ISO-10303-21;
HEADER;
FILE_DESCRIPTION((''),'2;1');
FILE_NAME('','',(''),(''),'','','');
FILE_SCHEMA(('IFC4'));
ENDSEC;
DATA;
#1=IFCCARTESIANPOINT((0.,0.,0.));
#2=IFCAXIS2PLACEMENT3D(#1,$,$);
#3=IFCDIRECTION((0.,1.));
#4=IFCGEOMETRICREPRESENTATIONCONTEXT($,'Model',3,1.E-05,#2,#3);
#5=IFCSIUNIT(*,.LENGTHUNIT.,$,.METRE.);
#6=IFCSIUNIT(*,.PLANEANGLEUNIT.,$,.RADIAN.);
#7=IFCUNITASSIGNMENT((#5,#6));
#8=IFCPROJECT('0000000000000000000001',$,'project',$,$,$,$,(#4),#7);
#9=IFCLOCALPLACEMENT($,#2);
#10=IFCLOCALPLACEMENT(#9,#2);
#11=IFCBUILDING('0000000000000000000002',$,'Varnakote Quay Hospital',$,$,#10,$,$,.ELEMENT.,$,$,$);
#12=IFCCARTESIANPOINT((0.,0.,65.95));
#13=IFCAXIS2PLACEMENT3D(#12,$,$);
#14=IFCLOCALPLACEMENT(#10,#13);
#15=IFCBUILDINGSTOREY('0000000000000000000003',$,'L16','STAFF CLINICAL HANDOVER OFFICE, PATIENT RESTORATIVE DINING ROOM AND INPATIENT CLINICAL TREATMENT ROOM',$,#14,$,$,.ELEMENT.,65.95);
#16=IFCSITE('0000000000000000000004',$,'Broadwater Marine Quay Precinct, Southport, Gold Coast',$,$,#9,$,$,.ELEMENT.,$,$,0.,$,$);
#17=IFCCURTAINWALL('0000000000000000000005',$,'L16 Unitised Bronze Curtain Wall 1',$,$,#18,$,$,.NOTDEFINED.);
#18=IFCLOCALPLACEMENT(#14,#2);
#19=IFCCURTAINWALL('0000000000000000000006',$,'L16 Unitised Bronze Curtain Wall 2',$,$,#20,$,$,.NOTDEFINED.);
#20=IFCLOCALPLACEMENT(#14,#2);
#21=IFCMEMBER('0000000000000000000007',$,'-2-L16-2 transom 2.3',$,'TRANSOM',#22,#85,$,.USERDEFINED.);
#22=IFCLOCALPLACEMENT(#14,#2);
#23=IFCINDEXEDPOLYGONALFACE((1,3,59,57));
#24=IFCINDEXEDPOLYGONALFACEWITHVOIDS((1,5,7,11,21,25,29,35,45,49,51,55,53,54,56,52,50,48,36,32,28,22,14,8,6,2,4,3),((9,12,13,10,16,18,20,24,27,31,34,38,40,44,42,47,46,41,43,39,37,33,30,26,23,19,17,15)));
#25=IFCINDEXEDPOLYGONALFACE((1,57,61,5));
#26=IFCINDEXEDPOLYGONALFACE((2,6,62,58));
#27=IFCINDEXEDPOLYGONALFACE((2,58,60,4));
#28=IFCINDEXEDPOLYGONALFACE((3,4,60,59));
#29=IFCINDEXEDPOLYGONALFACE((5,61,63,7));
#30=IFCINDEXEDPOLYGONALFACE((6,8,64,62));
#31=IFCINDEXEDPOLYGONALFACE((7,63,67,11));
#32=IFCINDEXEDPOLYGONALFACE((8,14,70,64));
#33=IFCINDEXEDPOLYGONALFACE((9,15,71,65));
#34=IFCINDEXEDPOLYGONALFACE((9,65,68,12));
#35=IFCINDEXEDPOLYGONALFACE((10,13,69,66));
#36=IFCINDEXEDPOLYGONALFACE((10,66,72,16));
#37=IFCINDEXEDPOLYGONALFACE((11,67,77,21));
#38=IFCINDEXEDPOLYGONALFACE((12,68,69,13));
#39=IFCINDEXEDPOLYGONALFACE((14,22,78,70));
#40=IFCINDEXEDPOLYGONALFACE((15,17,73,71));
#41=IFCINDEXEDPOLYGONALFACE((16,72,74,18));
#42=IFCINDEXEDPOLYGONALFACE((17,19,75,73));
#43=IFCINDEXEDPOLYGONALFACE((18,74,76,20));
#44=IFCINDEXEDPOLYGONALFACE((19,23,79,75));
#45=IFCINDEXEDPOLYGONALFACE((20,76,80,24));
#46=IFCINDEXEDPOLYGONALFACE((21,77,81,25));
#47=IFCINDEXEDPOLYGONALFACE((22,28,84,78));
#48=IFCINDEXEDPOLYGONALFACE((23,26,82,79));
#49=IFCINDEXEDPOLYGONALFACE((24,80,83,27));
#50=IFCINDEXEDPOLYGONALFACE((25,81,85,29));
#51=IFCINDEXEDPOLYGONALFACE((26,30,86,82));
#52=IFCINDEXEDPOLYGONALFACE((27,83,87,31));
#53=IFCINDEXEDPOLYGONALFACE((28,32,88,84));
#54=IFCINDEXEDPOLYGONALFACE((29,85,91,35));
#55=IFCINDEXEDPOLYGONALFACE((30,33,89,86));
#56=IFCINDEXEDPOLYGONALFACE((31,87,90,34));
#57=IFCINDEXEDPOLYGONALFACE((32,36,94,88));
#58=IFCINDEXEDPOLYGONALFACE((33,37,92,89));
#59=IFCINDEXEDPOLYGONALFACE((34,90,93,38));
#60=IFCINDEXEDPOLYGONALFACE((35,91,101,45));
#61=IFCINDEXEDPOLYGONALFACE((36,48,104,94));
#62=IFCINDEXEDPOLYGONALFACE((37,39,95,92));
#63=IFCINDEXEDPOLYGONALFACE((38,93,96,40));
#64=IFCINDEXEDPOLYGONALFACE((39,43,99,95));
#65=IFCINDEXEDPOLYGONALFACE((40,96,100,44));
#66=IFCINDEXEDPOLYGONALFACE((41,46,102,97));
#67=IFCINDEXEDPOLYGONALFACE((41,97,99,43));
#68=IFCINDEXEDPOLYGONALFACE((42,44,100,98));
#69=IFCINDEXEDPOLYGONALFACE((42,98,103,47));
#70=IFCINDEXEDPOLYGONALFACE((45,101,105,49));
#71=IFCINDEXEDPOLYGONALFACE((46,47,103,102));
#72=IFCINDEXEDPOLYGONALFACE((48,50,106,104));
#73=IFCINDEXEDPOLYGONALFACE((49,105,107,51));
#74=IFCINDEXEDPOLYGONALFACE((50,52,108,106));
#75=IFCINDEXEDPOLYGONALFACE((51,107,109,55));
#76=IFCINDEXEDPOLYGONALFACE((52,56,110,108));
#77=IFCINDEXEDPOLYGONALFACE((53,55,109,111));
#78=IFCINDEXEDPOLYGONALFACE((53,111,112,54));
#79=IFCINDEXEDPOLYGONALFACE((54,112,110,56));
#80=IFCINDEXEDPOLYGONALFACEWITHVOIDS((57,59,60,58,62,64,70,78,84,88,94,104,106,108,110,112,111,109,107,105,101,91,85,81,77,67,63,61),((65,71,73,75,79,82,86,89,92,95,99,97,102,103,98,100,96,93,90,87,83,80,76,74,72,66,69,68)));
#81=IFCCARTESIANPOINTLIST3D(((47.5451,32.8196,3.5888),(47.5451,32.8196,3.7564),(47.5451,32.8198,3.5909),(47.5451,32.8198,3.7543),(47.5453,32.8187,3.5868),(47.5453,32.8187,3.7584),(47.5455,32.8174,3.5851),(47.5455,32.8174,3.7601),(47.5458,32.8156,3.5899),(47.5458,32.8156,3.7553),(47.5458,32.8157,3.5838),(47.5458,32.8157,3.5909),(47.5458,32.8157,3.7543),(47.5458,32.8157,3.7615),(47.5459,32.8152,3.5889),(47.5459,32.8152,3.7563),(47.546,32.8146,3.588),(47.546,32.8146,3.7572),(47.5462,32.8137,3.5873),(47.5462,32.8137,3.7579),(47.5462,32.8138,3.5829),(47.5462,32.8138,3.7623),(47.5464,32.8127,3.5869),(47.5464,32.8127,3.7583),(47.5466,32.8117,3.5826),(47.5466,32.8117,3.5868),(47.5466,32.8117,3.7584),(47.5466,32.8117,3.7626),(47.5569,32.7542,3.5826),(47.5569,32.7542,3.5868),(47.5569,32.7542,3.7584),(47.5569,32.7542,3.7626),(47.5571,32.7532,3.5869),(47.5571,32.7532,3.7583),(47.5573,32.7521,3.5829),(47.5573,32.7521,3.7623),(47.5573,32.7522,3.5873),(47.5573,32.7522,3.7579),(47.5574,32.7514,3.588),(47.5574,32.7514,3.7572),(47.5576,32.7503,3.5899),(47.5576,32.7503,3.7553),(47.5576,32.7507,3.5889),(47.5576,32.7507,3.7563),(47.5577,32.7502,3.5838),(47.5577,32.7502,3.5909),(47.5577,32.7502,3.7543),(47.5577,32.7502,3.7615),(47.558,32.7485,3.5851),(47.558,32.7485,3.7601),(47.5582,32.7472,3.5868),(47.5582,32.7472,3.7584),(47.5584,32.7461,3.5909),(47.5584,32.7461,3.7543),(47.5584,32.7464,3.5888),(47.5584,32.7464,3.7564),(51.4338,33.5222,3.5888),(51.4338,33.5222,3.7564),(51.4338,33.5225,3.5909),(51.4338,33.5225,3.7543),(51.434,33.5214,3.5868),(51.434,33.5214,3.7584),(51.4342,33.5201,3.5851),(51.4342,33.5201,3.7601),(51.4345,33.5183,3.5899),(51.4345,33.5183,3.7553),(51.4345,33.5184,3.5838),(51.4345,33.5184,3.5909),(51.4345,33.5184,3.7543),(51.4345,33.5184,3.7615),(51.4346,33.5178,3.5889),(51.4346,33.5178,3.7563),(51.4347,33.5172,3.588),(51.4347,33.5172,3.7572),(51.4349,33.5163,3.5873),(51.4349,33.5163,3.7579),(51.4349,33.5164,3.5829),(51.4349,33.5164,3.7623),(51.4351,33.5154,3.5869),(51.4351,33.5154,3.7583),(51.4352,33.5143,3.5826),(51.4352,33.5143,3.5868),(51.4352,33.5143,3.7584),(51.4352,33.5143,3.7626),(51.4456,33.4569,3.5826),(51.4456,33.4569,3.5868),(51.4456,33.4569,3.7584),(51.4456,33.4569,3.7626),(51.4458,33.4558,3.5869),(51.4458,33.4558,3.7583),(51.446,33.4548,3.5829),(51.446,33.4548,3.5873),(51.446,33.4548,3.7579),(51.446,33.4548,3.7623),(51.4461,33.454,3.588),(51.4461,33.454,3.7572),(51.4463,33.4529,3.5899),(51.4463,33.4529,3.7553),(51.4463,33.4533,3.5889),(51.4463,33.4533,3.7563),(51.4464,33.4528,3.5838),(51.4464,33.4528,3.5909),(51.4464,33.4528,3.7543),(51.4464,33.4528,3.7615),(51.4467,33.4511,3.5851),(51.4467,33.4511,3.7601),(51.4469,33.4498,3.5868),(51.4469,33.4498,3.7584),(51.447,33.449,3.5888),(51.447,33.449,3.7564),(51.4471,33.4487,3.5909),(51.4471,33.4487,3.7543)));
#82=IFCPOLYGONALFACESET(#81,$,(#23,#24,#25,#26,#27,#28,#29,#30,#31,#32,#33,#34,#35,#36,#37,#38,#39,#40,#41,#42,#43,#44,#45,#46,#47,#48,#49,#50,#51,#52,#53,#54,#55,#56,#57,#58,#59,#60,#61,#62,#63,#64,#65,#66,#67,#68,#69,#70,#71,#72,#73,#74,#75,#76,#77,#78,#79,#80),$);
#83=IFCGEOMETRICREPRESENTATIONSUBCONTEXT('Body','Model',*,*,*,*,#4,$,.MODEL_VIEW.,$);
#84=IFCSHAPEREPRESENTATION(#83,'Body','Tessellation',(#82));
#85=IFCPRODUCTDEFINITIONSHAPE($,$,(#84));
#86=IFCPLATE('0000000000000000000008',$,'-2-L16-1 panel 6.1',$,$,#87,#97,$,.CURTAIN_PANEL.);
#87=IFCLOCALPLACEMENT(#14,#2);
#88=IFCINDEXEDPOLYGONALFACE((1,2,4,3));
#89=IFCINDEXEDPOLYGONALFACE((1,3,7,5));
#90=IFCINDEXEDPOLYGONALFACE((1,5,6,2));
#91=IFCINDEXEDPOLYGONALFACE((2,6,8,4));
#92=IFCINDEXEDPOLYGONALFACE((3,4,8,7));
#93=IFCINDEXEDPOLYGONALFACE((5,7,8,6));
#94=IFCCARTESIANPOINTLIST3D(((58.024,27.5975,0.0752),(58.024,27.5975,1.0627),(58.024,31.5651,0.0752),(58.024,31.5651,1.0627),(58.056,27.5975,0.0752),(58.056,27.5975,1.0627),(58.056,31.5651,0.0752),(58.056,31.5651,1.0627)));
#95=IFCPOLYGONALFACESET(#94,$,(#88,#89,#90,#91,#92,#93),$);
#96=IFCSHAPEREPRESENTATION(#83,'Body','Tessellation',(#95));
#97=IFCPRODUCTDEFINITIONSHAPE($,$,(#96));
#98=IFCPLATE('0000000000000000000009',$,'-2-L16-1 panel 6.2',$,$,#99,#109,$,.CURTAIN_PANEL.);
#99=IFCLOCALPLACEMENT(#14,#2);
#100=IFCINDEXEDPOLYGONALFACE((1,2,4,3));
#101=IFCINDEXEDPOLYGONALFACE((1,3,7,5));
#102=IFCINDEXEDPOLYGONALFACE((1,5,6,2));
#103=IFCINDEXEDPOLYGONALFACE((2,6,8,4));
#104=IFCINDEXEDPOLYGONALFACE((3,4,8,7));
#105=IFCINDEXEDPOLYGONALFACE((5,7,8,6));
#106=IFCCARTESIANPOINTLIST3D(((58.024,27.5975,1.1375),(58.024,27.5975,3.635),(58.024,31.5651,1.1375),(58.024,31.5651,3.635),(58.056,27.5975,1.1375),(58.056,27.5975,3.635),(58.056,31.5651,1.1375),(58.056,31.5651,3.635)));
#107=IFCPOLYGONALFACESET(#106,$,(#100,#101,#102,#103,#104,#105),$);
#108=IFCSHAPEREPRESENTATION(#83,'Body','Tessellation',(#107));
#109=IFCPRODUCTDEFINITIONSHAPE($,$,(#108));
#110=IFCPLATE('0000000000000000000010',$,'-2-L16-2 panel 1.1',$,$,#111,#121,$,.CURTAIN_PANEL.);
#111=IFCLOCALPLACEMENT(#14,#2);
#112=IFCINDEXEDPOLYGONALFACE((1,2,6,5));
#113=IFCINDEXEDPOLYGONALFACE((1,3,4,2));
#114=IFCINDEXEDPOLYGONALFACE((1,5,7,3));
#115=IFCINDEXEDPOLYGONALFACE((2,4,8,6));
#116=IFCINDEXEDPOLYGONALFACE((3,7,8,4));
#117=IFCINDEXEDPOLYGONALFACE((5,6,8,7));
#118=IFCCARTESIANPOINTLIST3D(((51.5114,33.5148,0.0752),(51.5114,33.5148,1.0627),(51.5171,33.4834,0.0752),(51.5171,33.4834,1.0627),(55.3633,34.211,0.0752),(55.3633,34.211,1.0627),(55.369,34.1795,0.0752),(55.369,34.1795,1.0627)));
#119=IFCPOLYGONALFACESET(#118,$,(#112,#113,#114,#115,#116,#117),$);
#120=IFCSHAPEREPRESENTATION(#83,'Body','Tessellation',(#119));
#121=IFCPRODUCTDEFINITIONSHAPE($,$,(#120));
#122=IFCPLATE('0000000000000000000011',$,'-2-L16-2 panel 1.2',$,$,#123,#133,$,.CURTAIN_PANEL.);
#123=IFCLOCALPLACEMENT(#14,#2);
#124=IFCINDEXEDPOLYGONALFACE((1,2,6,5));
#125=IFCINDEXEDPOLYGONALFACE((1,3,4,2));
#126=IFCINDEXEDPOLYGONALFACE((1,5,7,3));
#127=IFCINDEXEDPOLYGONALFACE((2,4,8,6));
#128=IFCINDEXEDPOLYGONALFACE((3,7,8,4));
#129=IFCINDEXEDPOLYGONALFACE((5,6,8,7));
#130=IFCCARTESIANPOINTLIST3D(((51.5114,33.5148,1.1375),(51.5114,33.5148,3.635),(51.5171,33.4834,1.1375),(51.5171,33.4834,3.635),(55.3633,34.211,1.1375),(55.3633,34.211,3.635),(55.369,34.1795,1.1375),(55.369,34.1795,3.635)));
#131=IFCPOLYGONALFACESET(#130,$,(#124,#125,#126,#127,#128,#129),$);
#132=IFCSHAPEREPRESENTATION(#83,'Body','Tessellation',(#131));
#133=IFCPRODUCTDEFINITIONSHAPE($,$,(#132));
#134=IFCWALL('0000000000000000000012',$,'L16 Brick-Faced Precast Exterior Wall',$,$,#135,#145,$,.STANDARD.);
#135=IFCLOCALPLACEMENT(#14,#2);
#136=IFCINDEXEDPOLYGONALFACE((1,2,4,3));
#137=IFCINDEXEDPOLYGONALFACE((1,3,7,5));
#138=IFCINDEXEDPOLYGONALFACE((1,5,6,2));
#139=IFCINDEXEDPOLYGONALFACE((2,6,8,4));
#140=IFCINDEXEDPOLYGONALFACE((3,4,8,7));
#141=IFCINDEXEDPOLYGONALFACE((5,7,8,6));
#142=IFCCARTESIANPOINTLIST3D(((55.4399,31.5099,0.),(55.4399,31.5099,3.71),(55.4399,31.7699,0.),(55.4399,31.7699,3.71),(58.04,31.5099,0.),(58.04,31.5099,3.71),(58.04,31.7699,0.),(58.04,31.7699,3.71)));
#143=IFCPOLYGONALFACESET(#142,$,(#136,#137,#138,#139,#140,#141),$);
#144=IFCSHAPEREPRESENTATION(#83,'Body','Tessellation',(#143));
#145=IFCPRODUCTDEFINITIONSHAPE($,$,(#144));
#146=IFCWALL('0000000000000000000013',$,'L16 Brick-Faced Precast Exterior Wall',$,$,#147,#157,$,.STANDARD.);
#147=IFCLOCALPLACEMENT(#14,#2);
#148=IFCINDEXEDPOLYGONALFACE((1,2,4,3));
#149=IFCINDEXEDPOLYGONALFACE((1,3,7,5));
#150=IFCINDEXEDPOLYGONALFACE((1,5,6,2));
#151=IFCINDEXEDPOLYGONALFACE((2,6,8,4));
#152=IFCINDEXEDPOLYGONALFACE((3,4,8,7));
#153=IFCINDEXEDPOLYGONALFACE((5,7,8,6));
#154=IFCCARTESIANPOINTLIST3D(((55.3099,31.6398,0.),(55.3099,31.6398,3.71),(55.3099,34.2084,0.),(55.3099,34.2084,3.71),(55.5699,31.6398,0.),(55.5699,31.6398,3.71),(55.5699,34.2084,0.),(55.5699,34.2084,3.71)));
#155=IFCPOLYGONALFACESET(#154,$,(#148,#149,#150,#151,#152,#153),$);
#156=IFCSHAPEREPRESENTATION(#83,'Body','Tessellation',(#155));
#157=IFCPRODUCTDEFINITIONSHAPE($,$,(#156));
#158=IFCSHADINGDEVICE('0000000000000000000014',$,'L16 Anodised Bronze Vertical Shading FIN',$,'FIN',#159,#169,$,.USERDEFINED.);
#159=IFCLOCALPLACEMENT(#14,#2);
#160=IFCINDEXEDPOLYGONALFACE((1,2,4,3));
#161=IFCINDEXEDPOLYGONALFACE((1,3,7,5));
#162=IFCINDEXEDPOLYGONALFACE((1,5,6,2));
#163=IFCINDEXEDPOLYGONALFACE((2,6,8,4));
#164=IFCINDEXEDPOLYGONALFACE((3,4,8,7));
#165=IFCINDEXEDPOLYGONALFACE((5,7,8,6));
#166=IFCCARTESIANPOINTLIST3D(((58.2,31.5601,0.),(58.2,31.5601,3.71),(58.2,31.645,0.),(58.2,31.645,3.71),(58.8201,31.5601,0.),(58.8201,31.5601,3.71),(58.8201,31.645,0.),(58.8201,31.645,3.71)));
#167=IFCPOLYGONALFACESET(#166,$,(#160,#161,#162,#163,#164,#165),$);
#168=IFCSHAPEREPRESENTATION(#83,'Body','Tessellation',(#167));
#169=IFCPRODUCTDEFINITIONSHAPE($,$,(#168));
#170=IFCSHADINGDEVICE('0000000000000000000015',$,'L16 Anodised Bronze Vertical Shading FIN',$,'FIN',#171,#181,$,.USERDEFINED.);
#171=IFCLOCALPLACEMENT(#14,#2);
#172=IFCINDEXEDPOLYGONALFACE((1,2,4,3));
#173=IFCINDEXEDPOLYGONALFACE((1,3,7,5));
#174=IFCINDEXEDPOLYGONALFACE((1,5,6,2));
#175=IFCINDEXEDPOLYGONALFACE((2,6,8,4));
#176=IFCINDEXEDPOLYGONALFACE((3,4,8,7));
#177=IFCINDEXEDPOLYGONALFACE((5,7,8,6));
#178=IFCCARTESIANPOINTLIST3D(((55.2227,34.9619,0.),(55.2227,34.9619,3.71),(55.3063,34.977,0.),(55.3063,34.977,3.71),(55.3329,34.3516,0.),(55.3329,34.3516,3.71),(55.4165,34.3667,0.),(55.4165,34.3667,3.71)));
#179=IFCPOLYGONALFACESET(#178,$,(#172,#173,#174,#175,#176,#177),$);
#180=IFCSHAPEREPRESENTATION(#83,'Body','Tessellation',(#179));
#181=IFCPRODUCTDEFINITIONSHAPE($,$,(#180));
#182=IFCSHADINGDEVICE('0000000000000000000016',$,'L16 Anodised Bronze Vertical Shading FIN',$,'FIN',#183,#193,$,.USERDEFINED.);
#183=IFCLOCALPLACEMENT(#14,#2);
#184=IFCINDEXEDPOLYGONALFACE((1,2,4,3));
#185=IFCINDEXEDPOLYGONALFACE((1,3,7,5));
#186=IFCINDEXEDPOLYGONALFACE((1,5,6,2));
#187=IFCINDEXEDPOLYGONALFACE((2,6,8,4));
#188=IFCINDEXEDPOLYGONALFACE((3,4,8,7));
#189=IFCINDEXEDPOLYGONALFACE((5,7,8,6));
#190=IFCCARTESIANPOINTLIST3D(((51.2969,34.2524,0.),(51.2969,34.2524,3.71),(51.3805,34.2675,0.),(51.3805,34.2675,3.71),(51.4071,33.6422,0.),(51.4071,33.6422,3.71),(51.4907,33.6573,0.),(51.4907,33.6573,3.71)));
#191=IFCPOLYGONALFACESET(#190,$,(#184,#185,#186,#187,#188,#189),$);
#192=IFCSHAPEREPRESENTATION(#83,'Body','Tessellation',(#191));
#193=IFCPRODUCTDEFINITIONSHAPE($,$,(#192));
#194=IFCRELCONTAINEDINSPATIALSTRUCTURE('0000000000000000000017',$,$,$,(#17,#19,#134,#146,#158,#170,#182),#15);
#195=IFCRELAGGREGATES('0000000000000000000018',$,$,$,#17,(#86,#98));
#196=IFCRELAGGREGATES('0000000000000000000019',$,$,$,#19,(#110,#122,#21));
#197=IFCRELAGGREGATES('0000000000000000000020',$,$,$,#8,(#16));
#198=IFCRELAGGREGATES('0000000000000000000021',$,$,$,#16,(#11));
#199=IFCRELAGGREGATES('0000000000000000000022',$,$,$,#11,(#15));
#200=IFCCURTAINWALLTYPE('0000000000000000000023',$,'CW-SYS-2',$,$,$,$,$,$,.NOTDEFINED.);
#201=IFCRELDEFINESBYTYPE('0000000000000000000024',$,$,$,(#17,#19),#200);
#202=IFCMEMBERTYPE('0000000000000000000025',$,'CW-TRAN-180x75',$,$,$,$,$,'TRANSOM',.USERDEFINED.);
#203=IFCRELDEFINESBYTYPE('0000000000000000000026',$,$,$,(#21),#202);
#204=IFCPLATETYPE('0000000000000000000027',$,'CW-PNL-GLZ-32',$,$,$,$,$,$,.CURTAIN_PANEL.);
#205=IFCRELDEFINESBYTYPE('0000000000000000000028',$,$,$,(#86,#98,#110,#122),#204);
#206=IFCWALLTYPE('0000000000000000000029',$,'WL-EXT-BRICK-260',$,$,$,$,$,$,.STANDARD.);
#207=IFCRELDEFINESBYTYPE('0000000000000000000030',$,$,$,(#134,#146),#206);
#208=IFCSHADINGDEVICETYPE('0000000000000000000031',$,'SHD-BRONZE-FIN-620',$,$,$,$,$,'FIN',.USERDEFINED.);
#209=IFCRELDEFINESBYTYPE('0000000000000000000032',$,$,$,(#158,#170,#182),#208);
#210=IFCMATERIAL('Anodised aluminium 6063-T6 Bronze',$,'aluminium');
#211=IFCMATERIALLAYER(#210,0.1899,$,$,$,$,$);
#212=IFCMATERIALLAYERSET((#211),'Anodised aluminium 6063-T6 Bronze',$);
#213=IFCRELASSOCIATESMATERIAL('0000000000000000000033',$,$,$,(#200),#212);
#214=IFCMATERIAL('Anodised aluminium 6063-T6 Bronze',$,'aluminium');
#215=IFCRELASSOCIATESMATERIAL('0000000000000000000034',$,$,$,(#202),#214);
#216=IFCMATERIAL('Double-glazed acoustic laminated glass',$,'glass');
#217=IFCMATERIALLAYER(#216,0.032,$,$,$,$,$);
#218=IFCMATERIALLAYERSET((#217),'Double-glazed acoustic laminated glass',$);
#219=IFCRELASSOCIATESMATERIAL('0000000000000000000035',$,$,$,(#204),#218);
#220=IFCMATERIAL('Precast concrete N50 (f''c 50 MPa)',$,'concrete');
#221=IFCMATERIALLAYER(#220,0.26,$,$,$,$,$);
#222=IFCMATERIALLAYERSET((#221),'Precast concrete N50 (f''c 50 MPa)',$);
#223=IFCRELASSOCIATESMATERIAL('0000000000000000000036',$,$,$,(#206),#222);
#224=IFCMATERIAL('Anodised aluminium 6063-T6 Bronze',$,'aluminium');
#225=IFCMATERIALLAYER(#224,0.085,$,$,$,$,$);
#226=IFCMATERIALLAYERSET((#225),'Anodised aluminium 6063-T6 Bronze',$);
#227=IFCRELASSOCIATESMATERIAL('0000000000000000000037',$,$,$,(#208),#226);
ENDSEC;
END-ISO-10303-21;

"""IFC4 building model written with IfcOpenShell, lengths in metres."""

from ifc_helpers import new_model, si_unit, direction, frame, frame_2d, origin, origin_2d, place, context, subcontext, project, spatial, rectangle, hollow_rectangle, extrude, material, layer, layer_set, material_profile, profile_set, type_object, element, aggregate, save


model = new_model("IFC4")

# Units and contexts
model_context = context("Model", 3, precision=1e-05, world=origin(), true_north=direction((0.0, 1.0)))
body_context = subcontext(model_context, "Body", "Model", "MODEL_VIEW")
ifc_project = project(units=[si_unit("LENGTHUNIT", "METRE"), si_unit("PLANEANGLEUNIT", "RADIAN")], contexts=[model_context])

# Site, building, storey
site_placement = place(None, origin())
site = spatial("IfcSite", under=ifc_project, at=site_placement, Name="Broadwater Marine Quay Precinct, Southport, Gold Coast", CompositionType="ELEMENT", RefElevation=0.0)
building_placement = place(site_placement, origin())
building = spatial("IfcBuilding", under=site, at=building_placement, Name="Varnakote Quay Hospital", CompositionType="ELEMENT")
storey_placement = place(building_placement, frame((0.0, 0.0, 65.95)))
storey = spatial("IfcBuildingStorey", under=building, at=storey_placement, Name="L16", Description="STAFF CLINICAL HANDOVER OFFICE, PATIENT RESTORATIVE DINING ROOM AND INPATIENT CLINICAL TREATMENT ROOM", CompositionType="ELEMENT", Elevation=65.95)

# Curtain wall
ifc_material_1 = material(Name="Anodised aluminium 6063-T6 Bronze", Category="aluminium")
ifc_layer_1 = layer(ifc_material_1, 0.1899)
ifc_layer_set_1 = layer_set([ifc_layer_1], Name="Anodised aluminium 6063-T6 Bronze")
curtain_wall_type = type_object("IfcCurtainWallType", Name="CW-SYS-2", PredefinedType="NOTDEFINED", material=ifc_layer_set_1)
curtain_wall_1_placement = place(storey_placement, origin())
curtain_wall_1 = element("IfcCurtainWall", 1, at=curtain_wall_1_placement, inside=storey, type_object=curtain_wall_type, Name="L16 Unitised Bronze Curtain Wall 1", PredefinedType="NOTDEFINED")

# Curtain wall
curtain_wall_2_placement = place(storey_placement, origin())
curtain_wall_2 = element("IfcCurtainWall", 2, at=curtain_wall_2_placement, inside=storey, type_object=curtain_wall_type, Name="L16 Unitised Bronze Curtain Wall 2", PredefinedType="NOTDEFINED")

# Member
ifc_material_2 = material(Name="Anodised aluminium 6063-T6 Bronze", Category="aluminium")
ifc_material_profile_1 = material_profile(ifc_material_2, hollow_rectangle(XDim=0.075, YDim=0.1799, WallThickness=0.0042, InnerFilletRadius=0.0042, OuterFilletRadius=0.0083, at=origin_2d()), Name="CW-TRAN-180x75")
ifc_profile_set_1 = profile_set([ifc_material_profile_1], Name="Anodised aluminium 6063-T6 Bronze")
member_type_1 = type_object("IfcMemberType", Name="CW-TRAN-180x75", ElementType="TRANSOM", PredefinedType="USERDEFINED", material=ifc_profile_set_1)
member_1_placement = place(storey_placement, frame((51.4404, 33.4856, 3.6726), z_axis=(-0.984065, -0.177809, 0.0), x_axis=(0.177809, -0.984065, 0.0)))
member_1 = element("IfcMember", 3, at=member_1_placement, type_object=member_type_1, Name="-2-L16-2 transom 2.3", ObjectType="TRANSOM", PredefinedType="USERDEFINED", context=body_context, shape_type="SweptSolid", body=[
    extrude(hollow_rectangle(XDim=0.075, YDim=0.1799, WallThickness=0.0042, InnerFilletRadius=0.0042, OuterFilletRadius=0.0083, at=origin_2d()), origin(), (0.0, 0.0, 1.0), 3.9517),
])

# Plates
ifc_material_3 = material(Name="Double-glazed acoustic laminated glass", Category="glass")
ifc_layer_2 = layer(ifc_material_3, 0.032)
ifc_layer_set_2 = layer_set([ifc_layer_2], Name="Double-glazed acoustic laminated glass")
plate_type = type_object("IfcPlateType", Name="CW-PNL-GLZ-32", PredefinedType="CURTAIN_PANEL", material=ifc_layer_set_2)
plate_1_placement = place(storey_placement, frame((58.04, 29.5813, 0.0752), z_axis=(0.0, 0.0, 1.0), x_axis=(0.0, 1.0, 0.0)))
plate_1 = element("IfcPlate", 4, at=plate_1_placement, type_object=plate_type, Name="-2-L16-1 panel 6.1", PredefinedType="CURTAIN_PANEL", context=body_context, shape_type="SweptSolid", body=[
    extrude(rectangle(XDim=3.9675, YDim=0.032, at=origin_2d()), origin(), (0.0, 0.0, 1.0), 0.9875),
])
plate_2_placement = place(storey_placement, frame((58.04, 29.5813, 1.1375), z_axis=(0.0, 0.0, 1.0), x_axis=(0.0, 1.0, 0.0)))
plate_2 = element("IfcPlate", 5, at=plate_2_placement, type_object=plate_type, Name="-2-L16-1 panel 6.2", PredefinedType="CURTAIN_PANEL", context=body_context, shape_type="SweptSolid", body=[
    extrude(rectangle(XDim=3.9675, YDim=0.032, at=origin_2d()), origin(), (0.0, 0.0, 1.0), 2.4976),
])
aggregate(curtain_wall_1, [plate_1, plate_2])
plate_3_placement = place(storey_placement, frame((53.4402, 33.8472, 0.0752), z_axis=(0.0, 0.0, 1.0), x_axis=(-0.984058, -0.177846, 0.0)))
plate_3 = element("IfcPlate", 6, at=plate_3_placement, type_object=plate_type, Name="-2-L16-2 panel 1.1", PredefinedType="CURTAIN_PANEL", context=body_context, shape_type="SweptSolid", body=[
    extrude(rectangle(XDim=3.9143, YDim=0.032, at=origin_2d()), origin(), (0.0, 0.0, 1.0), 0.9875),
])
plate_4_placement = place(storey_placement, frame((53.4402, 33.8472, 1.1375), z_axis=(0.0, 0.0, 1.0), x_axis=(-0.984058, -0.177846, 0.0)))
plate_4 = element("IfcPlate", 7, at=plate_4_placement, type_object=plate_type, Name="-2-L16-2 panel 1.2", PredefinedType="CURTAIN_PANEL", context=body_context, shape_type="SweptSolid", body=[
    extrude(rectangle(XDim=3.9143, YDim=0.032, at=origin_2d()), origin(), (0.0, 0.0, 1.0), 2.4976),
])
aggregate(curtain_wall_2, [plate_3, plate_4, member_1])

# Walls
ifc_material_4 = material(Name="Precast concrete N50 (f'c 50 MPa)", Category="concrete")
ifc_layer_3 = layer(ifc_material_4, 0.26)
ifc_layer_set_3 = layer_set([ifc_layer_3], Name="Precast concrete N50 (f'c 50 MPa)")
wall_type = type_object("IfcWallType", Name="WL-EXT-BRICK-260", PredefinedType="STANDARD", material=ifc_layer_set_3)
wall_1_placement = place(storey_placement, frame((58.04, 31.6399, 0.0), z_axis=(0.0, 0.0, 1.0), x_axis=(-1.0, 0.0, 0.0)))
element("IfcWall", 8, at=wall_1_placement, inside=storey, type_object=wall_type, Name="L16 Brick-Faced Precast Exterior Wall", PredefinedType="STANDARD", context=body_context, shape_type="SweptSolid", body=[
    extrude(rectangle(XDim=2.6001, YDim=0.26, at=frame_2d((1.3, 0.0))), origin(), (0.0, 0.0, 1.0), 3.71),
])
wall_2_placement = place(storey_placement, frame((55.4399, 31.6399, 0.0), z_axis=(0.0, 0.0, 1.0), x_axis=(0.0, 1.0, 0.0)))
element("IfcWall", 9, at=wall_2_placement, inside=storey, type_object=wall_type, Name="L16 Brick-Faced Precast Exterior Wall", PredefinedType="STANDARD", context=body_context, shape_type="SweptSolid", body=[
    extrude(rectangle(XDim=2.5686, YDim=0.26, at=frame_2d((1.2842, 0.0))), origin(), (0.0, 0.0, 1.0), 3.71),
])

# Shading devices
ifc_material_5 = material(Name="Anodised aluminium 6063-T6 Bronze", Category="aluminium")
ifc_layer_4 = layer(ifc_material_5, 0.085)
ifc_layer_set_4 = layer_set([ifc_layer_4], Name="Anodised aluminium 6063-T6 Bronze")
shading_device_type = type_object("IfcShadingDeviceType", Name="SHD-BRONZE-FIN-620", ElementType="FIN", PredefinedType="USERDEFINED", material=ifc_layer_set_4)
for number, where, z_axis, x_axis, name in (
    (10, (58.51, 31.6025, 0.0), (0.0, 0.0, 1.0), (-1.0, 0.0, 0.0), "L16 Anodised Bronze Vertical Shading FIN"),
    (11, (55.3196, 34.6643, 0.0), (0.0, 0.0, 1.0), (0.177772, -0.984072, 0.0), "L16 Anodised Bronze Vertical Shading FIN"),
    (12, (51.3938, 33.9548, 0.0), (0.0, 0.0, 1.0), (0.177772, -0.984072, 0.0), "L16 Anodised Bronze Vertical Shading FIN"),
):
    element("IfcShadingDevice", number, at=place(storey_placement, frame(where, z_axis=z_axis, x_axis=x_axis)), inside=storey, type_object=shading_device_type, Name=name, ObjectType="FIN", PredefinedType="USERDEFINED", context=body_context, shape_type="SweptSolid", body=[
        extrude(rectangle(XDim=0.6201, YDim=0.085, at=origin_2d()), origin(), (0.0, 0.0, 1.0), 3.71),
    ])

save(model, "model.ifc")
